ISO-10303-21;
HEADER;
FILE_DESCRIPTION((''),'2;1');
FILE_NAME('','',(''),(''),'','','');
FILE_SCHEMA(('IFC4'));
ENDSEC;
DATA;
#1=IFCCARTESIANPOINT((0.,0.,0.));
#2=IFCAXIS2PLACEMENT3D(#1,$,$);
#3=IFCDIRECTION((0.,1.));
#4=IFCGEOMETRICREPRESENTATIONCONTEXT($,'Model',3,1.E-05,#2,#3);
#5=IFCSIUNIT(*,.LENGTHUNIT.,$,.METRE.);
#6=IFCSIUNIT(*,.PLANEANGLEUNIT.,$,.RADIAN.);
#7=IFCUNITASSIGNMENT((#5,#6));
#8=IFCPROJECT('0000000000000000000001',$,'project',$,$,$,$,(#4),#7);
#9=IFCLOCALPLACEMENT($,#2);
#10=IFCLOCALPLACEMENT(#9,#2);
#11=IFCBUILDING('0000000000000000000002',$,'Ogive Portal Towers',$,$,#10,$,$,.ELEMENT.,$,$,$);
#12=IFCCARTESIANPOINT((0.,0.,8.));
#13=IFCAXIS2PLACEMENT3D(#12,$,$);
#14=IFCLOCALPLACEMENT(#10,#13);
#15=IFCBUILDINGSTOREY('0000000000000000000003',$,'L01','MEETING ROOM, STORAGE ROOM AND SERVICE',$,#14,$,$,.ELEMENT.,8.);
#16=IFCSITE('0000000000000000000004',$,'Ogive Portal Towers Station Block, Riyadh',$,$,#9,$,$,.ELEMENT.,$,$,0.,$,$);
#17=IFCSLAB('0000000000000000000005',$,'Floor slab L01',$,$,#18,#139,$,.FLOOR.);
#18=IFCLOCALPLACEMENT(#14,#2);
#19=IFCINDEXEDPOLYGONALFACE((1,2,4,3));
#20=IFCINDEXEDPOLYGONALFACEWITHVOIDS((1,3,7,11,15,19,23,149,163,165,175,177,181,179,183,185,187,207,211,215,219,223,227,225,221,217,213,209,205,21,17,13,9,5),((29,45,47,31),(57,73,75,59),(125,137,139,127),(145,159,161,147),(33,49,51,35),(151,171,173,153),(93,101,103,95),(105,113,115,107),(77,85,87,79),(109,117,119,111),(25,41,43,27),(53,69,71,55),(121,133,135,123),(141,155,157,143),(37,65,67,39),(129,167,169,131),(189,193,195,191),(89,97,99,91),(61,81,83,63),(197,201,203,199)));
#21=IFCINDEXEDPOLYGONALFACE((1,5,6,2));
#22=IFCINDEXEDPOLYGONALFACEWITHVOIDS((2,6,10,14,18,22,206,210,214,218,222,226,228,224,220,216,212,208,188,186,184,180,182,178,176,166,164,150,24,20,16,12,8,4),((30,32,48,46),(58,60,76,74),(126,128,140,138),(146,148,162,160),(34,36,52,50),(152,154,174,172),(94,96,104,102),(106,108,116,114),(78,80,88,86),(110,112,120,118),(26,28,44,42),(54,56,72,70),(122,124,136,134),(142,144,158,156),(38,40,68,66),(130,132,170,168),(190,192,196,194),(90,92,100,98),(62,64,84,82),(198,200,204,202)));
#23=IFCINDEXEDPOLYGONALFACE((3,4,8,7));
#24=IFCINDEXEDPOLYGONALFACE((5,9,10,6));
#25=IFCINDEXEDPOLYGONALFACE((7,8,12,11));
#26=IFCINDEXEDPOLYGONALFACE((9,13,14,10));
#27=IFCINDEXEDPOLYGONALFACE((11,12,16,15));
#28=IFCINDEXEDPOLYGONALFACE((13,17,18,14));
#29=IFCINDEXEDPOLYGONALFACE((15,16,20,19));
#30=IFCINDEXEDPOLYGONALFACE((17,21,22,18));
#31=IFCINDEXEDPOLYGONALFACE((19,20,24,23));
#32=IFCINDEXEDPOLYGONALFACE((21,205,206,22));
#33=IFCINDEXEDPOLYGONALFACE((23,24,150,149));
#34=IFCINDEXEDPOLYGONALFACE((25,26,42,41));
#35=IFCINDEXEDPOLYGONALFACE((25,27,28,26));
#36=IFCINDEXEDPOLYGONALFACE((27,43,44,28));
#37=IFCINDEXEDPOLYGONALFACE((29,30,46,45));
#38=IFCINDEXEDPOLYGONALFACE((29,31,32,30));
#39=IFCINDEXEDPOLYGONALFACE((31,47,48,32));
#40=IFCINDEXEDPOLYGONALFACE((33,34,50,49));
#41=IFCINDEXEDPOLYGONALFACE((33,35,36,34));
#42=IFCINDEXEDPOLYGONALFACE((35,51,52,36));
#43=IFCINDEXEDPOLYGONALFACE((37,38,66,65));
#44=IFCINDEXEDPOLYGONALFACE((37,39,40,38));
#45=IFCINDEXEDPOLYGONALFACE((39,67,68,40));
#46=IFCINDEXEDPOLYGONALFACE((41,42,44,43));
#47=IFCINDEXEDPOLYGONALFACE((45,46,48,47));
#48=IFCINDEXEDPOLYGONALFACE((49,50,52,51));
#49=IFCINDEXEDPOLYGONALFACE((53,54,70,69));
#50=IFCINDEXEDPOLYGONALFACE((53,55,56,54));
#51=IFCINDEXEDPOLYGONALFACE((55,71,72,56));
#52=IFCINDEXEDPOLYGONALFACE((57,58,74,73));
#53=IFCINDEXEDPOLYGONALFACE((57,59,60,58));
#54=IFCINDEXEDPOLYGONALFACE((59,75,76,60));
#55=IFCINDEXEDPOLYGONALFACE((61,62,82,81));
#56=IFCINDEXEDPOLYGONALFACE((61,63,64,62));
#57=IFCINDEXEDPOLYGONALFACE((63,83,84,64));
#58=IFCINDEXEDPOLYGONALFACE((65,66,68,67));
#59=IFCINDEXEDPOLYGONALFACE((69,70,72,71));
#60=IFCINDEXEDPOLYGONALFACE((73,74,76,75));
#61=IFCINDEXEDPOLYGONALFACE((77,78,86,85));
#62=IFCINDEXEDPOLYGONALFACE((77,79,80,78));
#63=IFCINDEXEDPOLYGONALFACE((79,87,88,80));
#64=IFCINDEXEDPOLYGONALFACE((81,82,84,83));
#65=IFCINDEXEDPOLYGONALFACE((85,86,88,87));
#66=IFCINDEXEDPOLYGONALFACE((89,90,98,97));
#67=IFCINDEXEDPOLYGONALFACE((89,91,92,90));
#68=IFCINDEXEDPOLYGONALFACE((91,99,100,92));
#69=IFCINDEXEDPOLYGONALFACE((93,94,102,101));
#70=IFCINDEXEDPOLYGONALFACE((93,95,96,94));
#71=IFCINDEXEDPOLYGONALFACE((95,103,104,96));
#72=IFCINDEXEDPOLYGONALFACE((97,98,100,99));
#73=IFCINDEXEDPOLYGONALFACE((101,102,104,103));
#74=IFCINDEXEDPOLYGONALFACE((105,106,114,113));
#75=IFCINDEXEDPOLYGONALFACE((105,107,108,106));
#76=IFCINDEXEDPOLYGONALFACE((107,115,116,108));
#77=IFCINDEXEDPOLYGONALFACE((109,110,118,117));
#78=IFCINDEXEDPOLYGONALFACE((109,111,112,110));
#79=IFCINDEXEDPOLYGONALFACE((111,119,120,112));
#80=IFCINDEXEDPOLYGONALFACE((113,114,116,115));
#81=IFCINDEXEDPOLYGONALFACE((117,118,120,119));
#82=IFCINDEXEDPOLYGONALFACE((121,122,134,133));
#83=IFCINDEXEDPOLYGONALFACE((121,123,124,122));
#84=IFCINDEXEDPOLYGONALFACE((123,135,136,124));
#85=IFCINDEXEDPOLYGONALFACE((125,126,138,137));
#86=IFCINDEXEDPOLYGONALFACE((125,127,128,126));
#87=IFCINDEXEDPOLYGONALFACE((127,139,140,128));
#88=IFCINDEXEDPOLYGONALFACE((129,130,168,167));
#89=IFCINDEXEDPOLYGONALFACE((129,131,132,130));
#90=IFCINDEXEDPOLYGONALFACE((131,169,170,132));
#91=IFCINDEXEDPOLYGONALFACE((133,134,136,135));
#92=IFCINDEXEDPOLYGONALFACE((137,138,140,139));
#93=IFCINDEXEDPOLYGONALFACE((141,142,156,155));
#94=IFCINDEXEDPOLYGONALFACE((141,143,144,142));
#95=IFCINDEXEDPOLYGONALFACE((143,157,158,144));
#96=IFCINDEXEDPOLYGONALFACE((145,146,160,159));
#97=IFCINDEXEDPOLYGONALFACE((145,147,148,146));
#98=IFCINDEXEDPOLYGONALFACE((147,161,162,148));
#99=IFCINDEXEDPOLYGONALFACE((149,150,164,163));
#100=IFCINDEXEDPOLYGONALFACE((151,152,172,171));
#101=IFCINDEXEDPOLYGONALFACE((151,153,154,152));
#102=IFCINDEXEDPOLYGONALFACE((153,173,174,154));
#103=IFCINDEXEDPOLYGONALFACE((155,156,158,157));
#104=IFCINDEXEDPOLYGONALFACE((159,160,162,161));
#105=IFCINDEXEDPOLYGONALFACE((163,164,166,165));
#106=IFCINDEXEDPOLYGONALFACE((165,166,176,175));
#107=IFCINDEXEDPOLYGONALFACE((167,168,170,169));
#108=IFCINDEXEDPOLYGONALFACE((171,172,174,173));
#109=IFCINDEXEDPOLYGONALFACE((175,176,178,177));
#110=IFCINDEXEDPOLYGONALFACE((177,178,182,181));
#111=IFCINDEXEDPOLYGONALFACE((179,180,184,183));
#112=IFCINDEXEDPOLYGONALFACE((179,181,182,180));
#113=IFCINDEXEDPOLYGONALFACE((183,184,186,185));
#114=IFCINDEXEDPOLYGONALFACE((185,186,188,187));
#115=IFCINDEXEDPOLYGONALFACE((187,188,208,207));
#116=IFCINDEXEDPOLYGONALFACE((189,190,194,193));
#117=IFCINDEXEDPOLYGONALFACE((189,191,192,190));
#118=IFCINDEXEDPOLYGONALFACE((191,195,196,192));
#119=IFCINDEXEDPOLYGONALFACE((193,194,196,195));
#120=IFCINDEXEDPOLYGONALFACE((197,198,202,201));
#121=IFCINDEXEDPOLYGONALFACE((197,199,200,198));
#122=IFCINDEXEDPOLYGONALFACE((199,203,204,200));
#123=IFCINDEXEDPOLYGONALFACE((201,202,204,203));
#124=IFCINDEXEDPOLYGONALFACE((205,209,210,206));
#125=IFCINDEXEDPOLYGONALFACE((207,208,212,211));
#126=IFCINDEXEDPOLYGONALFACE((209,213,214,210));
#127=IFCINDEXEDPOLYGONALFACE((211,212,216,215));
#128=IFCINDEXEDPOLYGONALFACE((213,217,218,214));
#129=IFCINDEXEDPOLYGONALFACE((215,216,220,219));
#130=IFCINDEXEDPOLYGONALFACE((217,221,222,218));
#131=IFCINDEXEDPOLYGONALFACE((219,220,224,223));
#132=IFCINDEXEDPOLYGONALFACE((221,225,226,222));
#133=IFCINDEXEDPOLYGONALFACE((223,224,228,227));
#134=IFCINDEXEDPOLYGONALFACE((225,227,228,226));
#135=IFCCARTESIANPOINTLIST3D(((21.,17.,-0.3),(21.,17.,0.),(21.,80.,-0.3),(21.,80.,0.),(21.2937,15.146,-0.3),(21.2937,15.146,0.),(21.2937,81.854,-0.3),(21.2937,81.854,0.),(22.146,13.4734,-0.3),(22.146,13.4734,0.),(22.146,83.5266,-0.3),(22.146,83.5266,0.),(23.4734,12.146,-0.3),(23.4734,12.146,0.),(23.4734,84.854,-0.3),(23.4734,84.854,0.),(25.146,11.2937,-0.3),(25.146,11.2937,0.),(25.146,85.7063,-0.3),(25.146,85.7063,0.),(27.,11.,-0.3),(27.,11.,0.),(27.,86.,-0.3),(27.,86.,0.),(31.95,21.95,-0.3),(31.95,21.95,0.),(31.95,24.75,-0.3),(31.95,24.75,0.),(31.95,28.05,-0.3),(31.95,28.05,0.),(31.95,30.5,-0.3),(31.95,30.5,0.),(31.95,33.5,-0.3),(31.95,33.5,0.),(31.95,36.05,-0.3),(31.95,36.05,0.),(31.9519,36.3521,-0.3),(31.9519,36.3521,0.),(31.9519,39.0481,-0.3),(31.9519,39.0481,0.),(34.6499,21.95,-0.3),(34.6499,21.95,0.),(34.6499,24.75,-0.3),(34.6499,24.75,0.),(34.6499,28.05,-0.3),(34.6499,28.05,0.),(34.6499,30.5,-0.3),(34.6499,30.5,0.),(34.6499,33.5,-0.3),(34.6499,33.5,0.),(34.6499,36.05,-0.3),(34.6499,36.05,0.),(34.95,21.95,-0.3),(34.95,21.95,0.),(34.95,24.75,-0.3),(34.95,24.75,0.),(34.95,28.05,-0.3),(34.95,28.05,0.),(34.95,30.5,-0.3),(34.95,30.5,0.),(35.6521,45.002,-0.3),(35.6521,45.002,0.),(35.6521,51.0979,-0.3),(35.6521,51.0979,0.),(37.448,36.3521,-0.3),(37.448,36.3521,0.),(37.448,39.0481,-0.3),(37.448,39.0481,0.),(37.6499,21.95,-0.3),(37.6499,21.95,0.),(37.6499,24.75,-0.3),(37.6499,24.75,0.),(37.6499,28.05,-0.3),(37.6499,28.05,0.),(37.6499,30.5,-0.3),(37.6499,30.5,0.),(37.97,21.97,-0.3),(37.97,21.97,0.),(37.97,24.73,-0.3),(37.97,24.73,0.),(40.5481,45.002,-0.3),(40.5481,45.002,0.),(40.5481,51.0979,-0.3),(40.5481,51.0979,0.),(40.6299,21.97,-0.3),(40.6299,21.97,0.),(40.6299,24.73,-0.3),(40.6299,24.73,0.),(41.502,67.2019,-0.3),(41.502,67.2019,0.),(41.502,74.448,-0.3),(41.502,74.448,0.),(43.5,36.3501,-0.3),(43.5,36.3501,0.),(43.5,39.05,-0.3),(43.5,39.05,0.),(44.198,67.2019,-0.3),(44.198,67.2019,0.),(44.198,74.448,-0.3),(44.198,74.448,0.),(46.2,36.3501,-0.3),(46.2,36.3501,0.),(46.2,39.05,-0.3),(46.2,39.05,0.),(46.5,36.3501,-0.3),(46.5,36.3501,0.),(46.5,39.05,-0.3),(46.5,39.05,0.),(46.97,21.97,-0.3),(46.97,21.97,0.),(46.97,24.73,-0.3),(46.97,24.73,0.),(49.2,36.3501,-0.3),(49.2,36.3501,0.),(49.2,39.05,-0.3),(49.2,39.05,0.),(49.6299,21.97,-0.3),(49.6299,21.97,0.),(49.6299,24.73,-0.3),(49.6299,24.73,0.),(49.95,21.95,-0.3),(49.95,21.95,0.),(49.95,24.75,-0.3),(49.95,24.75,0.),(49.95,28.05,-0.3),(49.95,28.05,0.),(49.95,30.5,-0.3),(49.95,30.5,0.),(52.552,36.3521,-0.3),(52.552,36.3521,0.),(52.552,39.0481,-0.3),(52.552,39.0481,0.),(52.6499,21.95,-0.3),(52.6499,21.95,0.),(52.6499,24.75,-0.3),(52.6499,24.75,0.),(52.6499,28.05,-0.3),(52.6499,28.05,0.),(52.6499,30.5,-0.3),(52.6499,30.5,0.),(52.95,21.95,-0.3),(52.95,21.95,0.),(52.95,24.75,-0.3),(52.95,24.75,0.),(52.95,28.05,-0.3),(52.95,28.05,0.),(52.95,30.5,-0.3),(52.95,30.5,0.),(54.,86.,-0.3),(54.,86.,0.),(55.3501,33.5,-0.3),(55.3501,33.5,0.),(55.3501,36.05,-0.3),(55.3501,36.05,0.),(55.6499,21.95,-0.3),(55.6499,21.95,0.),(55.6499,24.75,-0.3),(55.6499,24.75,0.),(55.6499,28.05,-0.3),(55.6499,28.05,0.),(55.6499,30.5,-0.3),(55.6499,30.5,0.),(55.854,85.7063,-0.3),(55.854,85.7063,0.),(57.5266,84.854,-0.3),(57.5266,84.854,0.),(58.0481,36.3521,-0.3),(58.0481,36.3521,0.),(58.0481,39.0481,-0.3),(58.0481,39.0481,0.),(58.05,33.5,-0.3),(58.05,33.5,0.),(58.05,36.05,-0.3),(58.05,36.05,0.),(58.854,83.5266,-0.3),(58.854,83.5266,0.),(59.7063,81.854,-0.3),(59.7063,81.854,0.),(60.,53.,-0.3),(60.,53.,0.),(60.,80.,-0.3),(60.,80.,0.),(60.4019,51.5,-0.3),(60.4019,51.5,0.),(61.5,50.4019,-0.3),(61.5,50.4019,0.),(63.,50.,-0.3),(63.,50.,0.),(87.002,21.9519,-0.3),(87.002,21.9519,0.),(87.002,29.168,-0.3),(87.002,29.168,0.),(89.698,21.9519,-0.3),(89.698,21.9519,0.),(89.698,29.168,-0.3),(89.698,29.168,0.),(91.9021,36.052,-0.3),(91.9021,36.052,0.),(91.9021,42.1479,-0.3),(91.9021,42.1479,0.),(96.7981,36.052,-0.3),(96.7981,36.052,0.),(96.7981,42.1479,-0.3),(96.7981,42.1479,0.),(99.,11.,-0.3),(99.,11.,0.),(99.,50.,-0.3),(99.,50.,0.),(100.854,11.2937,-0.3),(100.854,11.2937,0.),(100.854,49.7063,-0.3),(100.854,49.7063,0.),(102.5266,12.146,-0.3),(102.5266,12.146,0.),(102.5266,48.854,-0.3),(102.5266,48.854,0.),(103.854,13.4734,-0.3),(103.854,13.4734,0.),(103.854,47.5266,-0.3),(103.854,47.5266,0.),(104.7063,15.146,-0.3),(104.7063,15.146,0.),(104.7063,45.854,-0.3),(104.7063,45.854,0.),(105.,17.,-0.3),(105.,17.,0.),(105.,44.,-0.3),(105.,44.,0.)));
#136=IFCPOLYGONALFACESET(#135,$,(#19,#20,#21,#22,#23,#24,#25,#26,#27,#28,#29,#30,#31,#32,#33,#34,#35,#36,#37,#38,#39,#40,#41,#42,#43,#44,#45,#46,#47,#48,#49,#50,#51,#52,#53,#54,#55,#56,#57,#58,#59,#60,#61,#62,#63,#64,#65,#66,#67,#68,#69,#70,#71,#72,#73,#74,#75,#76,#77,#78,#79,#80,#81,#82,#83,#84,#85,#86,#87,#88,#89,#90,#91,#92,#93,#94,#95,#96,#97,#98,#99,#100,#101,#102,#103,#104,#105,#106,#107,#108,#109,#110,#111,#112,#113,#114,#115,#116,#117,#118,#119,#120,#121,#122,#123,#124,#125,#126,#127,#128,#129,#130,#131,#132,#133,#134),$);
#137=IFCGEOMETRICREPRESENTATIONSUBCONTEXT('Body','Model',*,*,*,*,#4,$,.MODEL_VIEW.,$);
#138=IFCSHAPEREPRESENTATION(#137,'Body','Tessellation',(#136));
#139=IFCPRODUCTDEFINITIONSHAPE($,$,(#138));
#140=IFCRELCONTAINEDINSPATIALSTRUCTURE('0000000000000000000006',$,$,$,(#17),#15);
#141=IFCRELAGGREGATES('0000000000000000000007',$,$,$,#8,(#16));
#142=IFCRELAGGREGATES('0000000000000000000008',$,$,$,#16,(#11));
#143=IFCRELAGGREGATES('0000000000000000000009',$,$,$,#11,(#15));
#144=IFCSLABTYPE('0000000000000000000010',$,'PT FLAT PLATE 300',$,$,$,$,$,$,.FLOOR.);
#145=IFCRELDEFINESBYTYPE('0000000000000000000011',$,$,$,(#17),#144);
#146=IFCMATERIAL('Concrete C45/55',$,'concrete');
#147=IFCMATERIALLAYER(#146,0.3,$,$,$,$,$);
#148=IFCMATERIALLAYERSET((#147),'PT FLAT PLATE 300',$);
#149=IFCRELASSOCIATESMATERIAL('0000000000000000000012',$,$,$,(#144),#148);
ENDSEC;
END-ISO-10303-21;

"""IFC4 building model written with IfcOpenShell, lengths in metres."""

from ifc_helpers import new_model, si_unit, direction, frame, origin, place, context, subcontext, project, spatial, polyline, outline, extrude, material, layer, layer_set, type_object, element, save


model = new_model("IFC4")

# Units and contexts
model_context = context("Model", 3, precision=1e-05, world=origin(), true_north=direction((0.0, 1.0)))
body_context = subcontext(model_context, "Body", "Model", "MODEL_VIEW")
ifc_project = project(units=[si_unit("LENGTHUNIT", "METRE"), si_unit("PLANEANGLEUNIT", "RADIAN")], contexts=[model_context])

# Site, building, storey
site_placement = place(None, origin())
site = spatial("IfcSite", under=ifc_project, at=site_placement, Name="Ogive Portal Towers Station Block, Riyadh", CompositionType="ELEMENT", RefElevation=0.0)
building_placement = place(site_placement, origin())
building = spatial("IfcBuilding", under=site, at=building_placement, Name="Ogive Portal Towers", CompositionType="ELEMENT")
storey_placement = place(building_placement, frame((0.0, 0.0, 8.0)))
storey = spatial("IfcBuildingStorey", under=building, at=storey_placement, Name="L01", Description="MEETING ROOM, STORAGE ROOM AND SERVICE", CompositionType="ELEMENT", Elevation=8.0)

# Slab
ifc_material_1 = material(Name="Concrete C45/55", Category="concrete")
ifc_layer_1 = layer(ifc_material_1, 0.3)
ifc_layer_set_1 = layer_set([ifc_layer_1], Name="PT FLAT PLATE 300")
slab_type_1 = type_object("IfcSlabType", Name="PT FLAT PLATE 300", PredefinedType="FLOOR", material=ifc_layer_set_1)
slab_1_placement = place(storey_placement, frame((0.0, 0.0, -0.3)))
element("IfcSlab", 1, at=slab_1_placement, inside=storey, type_object=slab_type_1, Name="Floor slab L01", PredefinedType="FLOOR", context=body_context, shape_type="SweptSolid", body=[
    extrude(outline(polyline([(21.0, 80.0), (21.0, 17.0), (21.2937, 15.146), (22.146, 13.4734), (23.4734, 12.146), (25.146, 11.2937), (27.0, 11.0), (99.0, 11.0), (100.854, 11.2937), (102.5266, 12.146), (103.854, 13.4734), (104.7063, 15.146), (105.0, 17.0), (105.0, 44.0), (104.7063, 45.854), (103.854, 47.5266), (102.5266, 48.854), (100.854, 49.7063), (99.0, 50.0), (63.0, 50.0), (61.5, 50.4019), (60.4019, 51.5), (60.0, 53.0), (60.0, 80.0), (59.7063, 81.854), (58.854, 83.5266), (57.5266, 84.854), (55.854, 85.7063), (54.0, 86.0), (27.0, 86.0), (25.146, 85.7063), (23.4734, 84.854), (22.146, 83.5266), (21.2937, 81.854), (21.0, 80.0)]), holes=[polyline([(34.6499, 24.75), (34.6499, 21.95), (31.95, 21.95), (31.95, 24.75), (34.6499, 24.75)]), polyline([(37.6499, 24.75), (37.6499, 21.95), (34.95, 21.95), (34.95, 24.75), (37.6499, 24.75)]), polyline([(40.6299, 21.97), (37.97, 21.97), (37.97, 24.73), (40.6299, 24.73), (40.6299, 21.97)]), polyline([(34.6499, 28.05), (31.95, 28.05), (31.95, 30.5), (34.6499, 30.5), (34.6499, 28.05)]), polyline([(37.6499, 28.05), (34.95, 28.05), (34.95, 30.5), (37.6499, 30.5), (37.6499, 28.05)]), polyline([(34.6499, 36.05), (34.6499, 33.5), (31.95, 33.5), (31.95, 36.05), (34.6499, 36.05)]), polyline([(37.448, 39.0481), (37.448, 36.3521), (31.9519, 36.3521), (31.9519, 39.0481), (37.448, 39.0481)]), polyline([(46.2, 36.3501), (43.5, 36.3501), (43.5, 39.05), (46.2, 39.05), (46.2, 36.3501)]), polyline([(49.2, 39.05), (49.2, 36.3501), (46.5, 36.3501), (46.5, 39.05), (49.2, 39.05)]), polyline([(40.5481, 45.002), (35.6521, 45.002), (35.6521, 51.0979), (40.5481, 51.0979), (40.5481, 45.002)]), polyline([(44.198, 67.2019), (41.502, 67.2019), (41.502, 74.448), (44.198, 74.448), (44.198, 67.2019)]), polyline([(49.6299, 21.97), (46.97, 21.97), (46.97, 24.73), (49.6299, 24.73), (49.6299, 21.97)]), polyline([(52.6499, 24.75), (52.6499, 21.95), (49.95, 21.95), (49.95, 24.75), (52.6499, 24.75)]), polyline([(55.6499, 21.95), (52.95, 21.95), (52.95, 24.75), (55.6499, 24.75), (55.6499, 21.95)]), polyline([(87.002, 29.168), (89.698, 29.168), (89.698, 21.9519), (87.002, 21.9519), (87.002, 29.168)]), polyline([(52.6499, 30.5), (52.6499, 28.05), (49.95, 28.05), (49.95, 30.5), (52.6499, 30.5)]), polyline([(55.6499, 28.05), (52.95, 28.05), (52.95, 30.5), (55.6499, 30.5), (55.6499, 28.05)]), polyline([(58.05, 36.05), (58.05, 33.5), (55.3501, 33.5), (55.3501, 36.05), (58.05, 36.05)]), polyline([(52.552, 36.3521), (52.552, 39.0481), (58.0481, 39.0481), (58.0481, 36.3521), (52.552, 36.3521)]), polyline([(96.7981, 36.052), (91.9021, 36.052), (91.9021, 42.1479), (96.7981, 42.1479), (96.7981, 36.052)])]), origin(), (0.0, 0.0, 1.0), 0.3),
])

save(model, "model.ifc")
